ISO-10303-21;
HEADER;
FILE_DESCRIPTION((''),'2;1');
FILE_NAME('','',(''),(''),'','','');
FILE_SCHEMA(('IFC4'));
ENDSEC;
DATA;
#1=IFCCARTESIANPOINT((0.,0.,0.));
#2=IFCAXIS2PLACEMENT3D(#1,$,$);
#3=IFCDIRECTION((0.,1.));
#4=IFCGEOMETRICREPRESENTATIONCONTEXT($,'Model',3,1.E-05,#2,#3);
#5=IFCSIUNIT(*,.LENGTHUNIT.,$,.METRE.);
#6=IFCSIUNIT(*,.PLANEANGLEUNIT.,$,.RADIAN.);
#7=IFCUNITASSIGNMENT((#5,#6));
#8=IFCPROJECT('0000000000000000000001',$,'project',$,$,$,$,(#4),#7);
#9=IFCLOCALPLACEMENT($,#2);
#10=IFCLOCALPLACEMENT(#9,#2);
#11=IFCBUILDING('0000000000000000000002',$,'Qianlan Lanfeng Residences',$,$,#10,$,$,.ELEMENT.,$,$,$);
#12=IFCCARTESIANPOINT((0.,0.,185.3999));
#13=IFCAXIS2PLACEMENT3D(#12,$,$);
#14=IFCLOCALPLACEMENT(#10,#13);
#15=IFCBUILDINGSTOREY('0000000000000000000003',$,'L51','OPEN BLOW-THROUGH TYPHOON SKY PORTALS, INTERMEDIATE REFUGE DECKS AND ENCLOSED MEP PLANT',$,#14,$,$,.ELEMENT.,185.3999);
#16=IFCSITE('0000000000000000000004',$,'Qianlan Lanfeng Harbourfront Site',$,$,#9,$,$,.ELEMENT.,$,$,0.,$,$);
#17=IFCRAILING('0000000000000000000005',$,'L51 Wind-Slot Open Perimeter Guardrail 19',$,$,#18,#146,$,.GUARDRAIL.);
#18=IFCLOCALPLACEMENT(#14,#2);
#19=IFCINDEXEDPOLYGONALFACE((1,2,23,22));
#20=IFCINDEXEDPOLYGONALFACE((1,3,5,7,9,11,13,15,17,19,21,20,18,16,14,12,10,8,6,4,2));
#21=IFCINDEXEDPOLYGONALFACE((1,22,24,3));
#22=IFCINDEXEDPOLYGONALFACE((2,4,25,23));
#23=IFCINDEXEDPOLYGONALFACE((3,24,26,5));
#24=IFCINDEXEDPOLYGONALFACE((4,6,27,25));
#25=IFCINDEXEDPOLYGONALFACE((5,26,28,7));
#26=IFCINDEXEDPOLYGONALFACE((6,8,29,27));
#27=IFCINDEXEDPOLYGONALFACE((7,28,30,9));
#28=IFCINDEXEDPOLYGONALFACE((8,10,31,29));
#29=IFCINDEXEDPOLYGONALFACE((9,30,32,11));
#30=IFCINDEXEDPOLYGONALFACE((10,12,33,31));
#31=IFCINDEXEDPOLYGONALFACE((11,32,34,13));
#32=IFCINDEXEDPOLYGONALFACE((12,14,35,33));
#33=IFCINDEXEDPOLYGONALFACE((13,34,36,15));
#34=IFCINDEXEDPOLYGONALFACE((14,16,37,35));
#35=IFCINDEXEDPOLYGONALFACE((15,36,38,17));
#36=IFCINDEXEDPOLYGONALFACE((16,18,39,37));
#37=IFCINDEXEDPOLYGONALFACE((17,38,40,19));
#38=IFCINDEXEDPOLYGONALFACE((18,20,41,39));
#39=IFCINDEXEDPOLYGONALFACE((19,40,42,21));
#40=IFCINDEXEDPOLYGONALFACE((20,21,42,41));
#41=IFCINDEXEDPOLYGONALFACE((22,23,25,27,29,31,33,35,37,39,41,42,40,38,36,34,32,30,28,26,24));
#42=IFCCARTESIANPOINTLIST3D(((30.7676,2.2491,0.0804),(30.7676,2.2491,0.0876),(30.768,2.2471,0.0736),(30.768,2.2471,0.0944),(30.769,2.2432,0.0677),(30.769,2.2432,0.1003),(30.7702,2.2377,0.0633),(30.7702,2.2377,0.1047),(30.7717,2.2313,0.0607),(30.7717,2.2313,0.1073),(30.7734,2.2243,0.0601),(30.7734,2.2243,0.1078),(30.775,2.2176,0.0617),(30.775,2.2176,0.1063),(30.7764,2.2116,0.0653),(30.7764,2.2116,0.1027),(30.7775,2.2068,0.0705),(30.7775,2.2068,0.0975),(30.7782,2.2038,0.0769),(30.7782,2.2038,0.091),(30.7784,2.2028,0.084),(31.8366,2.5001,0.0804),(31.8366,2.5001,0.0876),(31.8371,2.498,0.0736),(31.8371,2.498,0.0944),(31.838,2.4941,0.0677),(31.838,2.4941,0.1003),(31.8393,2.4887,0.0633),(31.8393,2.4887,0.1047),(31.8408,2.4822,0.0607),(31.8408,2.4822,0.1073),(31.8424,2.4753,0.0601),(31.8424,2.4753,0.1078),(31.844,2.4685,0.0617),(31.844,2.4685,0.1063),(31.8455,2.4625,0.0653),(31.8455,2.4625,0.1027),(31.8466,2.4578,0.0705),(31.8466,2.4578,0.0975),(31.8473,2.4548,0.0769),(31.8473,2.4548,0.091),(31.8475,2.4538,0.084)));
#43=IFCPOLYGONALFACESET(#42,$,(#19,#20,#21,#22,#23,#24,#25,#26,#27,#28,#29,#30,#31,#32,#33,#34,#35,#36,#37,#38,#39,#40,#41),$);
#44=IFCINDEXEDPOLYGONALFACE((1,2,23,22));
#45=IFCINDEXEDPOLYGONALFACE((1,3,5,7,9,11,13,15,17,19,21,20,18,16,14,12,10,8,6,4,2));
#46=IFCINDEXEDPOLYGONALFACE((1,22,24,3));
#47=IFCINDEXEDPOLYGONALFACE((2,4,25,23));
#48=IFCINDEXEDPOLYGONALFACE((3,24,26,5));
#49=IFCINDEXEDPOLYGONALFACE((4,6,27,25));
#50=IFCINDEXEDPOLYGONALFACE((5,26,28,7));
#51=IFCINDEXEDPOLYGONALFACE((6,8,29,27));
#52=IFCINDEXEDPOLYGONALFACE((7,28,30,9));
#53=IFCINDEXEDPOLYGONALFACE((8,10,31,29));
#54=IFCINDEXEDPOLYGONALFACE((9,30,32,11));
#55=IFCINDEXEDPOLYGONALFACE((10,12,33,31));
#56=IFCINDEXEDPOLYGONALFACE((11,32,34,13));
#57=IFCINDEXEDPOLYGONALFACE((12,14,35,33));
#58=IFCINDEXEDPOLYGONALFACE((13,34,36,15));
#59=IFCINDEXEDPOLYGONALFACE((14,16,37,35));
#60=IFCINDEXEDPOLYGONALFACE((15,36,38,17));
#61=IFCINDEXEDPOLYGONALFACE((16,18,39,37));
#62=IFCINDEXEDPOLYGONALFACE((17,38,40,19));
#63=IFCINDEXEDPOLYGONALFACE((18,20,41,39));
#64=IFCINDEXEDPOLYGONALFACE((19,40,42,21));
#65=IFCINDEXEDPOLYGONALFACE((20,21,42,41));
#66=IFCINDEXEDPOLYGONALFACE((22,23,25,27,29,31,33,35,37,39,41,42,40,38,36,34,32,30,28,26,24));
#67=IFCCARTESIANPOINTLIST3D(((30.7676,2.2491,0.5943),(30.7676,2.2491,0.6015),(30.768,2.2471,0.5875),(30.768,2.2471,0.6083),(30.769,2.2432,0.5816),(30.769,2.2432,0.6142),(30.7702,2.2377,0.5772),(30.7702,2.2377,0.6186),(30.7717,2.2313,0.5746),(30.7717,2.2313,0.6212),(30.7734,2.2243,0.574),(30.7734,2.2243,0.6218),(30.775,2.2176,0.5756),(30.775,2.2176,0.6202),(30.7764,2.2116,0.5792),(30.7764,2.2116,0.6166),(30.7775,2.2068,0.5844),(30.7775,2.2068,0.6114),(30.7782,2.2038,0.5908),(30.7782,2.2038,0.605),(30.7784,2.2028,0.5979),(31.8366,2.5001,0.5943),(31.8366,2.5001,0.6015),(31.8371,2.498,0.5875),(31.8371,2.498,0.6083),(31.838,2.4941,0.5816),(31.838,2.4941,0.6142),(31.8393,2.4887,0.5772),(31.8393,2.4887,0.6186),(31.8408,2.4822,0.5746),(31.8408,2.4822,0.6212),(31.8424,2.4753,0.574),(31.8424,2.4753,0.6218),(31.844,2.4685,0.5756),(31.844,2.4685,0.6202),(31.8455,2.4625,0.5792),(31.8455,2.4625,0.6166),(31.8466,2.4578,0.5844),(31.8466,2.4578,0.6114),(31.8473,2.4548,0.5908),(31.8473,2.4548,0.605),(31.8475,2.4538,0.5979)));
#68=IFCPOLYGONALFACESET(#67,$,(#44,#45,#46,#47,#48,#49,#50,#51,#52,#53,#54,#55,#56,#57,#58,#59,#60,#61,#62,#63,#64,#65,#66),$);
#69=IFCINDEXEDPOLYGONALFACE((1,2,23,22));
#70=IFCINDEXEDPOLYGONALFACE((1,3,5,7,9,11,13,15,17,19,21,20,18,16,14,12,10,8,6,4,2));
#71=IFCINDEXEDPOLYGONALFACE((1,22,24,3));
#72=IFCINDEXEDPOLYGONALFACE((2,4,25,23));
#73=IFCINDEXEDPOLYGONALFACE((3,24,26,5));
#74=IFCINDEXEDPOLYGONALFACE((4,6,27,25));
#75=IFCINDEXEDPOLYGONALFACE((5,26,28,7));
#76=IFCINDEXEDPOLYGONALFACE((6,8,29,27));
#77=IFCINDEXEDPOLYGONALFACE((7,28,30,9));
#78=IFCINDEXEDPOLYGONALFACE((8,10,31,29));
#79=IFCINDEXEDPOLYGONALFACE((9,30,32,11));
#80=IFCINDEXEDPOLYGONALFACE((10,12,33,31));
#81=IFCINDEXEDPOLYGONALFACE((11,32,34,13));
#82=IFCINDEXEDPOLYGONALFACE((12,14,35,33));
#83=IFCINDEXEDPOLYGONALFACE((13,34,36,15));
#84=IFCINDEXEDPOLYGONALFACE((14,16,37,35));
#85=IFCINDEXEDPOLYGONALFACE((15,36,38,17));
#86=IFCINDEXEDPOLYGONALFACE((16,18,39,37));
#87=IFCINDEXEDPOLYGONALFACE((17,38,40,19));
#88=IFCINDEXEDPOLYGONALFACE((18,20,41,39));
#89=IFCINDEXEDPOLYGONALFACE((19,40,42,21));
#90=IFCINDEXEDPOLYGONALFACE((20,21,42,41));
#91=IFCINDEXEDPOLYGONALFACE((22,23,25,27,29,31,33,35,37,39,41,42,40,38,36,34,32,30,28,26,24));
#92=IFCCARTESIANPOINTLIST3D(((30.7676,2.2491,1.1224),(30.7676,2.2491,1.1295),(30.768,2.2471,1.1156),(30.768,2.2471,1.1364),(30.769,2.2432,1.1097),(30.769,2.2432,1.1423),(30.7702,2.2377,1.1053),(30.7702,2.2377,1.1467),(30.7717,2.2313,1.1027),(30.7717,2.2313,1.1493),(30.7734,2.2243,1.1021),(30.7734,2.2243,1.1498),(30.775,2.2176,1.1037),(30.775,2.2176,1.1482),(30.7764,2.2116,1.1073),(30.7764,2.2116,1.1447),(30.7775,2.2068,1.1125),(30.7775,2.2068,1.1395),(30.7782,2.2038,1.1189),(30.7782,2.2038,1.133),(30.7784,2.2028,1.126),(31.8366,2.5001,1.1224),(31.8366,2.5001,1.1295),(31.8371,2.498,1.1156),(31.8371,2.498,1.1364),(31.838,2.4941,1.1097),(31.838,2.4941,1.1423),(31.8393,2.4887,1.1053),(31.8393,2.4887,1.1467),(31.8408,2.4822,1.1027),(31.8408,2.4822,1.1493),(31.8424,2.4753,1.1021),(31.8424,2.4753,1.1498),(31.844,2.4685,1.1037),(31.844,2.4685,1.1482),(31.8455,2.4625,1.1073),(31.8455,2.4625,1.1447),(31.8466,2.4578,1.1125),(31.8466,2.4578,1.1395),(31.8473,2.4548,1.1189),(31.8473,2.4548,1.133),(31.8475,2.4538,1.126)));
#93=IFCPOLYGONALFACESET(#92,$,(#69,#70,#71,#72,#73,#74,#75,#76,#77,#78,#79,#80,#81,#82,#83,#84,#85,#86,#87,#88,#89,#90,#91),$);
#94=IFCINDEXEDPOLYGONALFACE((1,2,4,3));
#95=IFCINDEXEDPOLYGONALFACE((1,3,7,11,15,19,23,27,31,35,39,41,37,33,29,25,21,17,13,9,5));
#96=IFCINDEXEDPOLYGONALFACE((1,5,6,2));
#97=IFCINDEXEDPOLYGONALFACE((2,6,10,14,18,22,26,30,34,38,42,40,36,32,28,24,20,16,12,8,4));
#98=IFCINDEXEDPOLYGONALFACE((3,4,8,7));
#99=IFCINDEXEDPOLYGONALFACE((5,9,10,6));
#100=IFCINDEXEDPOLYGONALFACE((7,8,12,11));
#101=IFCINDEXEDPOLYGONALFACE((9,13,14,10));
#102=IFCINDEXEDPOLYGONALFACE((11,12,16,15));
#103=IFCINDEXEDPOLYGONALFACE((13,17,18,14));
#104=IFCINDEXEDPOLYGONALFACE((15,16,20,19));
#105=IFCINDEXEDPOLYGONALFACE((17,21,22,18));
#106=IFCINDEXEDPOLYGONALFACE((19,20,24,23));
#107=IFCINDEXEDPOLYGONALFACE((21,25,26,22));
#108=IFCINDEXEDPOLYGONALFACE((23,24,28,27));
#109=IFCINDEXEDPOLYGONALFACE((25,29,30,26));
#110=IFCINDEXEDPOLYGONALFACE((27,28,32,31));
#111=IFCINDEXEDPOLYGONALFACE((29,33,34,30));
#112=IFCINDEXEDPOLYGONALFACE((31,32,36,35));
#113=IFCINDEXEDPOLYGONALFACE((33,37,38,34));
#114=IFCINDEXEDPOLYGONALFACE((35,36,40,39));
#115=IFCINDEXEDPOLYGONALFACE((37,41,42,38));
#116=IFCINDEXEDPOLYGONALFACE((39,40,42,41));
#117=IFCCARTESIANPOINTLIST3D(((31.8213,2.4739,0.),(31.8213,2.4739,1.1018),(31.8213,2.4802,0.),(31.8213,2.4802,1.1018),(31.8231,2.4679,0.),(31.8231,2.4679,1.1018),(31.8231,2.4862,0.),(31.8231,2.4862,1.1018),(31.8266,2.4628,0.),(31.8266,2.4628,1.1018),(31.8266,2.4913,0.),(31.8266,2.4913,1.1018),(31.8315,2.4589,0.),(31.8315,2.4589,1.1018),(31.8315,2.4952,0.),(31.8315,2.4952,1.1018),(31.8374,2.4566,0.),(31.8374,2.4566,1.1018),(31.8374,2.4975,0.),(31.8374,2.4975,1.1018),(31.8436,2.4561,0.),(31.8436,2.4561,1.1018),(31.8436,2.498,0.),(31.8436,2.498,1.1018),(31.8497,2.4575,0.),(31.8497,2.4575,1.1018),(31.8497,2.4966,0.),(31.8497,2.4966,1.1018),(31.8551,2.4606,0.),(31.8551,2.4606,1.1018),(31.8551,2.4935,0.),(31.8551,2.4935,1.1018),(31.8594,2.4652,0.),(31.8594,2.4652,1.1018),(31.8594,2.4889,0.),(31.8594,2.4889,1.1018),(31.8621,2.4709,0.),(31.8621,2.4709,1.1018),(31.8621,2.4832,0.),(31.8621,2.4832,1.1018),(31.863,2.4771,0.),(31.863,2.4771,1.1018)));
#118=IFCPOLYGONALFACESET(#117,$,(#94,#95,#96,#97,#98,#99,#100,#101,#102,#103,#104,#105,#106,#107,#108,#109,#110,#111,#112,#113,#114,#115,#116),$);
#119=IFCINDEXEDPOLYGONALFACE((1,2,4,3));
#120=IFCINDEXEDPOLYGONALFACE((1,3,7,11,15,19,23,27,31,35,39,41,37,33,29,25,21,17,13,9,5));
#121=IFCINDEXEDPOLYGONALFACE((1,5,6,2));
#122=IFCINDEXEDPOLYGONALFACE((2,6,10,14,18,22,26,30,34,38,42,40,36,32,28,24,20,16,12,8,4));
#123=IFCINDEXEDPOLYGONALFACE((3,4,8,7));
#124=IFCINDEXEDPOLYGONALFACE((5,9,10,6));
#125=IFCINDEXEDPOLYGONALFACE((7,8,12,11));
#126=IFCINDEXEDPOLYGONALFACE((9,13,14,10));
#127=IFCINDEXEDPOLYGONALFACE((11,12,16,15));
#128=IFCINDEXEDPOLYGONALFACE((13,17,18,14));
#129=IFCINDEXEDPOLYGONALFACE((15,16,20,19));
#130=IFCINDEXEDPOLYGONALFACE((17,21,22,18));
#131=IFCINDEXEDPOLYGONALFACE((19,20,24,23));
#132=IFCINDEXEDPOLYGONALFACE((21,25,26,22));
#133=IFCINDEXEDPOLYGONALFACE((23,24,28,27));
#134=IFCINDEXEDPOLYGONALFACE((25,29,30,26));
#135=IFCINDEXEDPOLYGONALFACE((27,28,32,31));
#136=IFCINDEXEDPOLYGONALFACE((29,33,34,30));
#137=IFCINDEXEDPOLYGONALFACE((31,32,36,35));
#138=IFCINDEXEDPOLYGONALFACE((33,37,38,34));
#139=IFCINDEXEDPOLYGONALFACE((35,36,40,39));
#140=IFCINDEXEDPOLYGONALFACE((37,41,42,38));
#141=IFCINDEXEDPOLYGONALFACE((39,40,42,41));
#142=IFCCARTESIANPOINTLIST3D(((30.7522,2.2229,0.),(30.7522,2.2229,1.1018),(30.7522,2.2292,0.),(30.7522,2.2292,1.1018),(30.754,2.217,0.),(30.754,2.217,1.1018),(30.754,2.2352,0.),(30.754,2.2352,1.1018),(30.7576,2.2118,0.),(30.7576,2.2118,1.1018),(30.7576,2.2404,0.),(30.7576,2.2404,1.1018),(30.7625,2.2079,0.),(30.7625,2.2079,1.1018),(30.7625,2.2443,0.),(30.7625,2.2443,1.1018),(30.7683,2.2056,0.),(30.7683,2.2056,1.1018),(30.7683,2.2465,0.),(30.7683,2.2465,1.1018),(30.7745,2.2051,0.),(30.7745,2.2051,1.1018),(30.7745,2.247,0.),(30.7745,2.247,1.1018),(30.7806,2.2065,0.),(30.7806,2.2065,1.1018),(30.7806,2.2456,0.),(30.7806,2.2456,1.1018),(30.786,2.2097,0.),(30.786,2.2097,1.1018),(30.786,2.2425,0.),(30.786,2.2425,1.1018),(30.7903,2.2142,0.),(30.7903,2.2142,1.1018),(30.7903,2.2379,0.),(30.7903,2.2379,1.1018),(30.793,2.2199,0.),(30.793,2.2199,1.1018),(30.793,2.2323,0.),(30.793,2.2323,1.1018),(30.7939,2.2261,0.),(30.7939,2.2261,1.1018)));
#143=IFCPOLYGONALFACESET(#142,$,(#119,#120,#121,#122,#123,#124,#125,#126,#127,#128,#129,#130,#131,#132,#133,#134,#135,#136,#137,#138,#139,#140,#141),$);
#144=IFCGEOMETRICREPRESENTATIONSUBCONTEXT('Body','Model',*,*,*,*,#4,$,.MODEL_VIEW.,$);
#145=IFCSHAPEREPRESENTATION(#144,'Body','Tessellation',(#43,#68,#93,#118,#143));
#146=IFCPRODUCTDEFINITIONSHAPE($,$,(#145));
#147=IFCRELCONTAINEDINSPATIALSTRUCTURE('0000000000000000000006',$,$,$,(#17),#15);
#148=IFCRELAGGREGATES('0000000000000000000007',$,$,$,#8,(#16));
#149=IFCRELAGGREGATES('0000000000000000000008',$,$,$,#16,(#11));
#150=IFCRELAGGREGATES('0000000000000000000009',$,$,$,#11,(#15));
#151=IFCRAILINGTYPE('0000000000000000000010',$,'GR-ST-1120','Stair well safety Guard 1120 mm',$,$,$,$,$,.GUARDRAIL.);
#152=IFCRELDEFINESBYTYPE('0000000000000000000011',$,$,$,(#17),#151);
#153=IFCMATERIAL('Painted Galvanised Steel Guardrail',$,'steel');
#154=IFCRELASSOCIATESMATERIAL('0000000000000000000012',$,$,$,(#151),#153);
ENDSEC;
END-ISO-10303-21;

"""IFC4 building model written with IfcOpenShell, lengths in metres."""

from ifc_helpers import new_model, si_unit, direction, frame, origin, origin_2d, place, context, subcontext, project, spatial, circle, extrude, material, type_object, element, save


model = new_model("IFC4")

# Units and contexts
model_context = context("Model", 3, precision=1e-05, world=origin(), true_north=direction((0.0, 1.0)))
body_context = subcontext(model_context, "Body", "Model", "MODEL_VIEW")
ifc_project = project(units=[si_unit("LENGTHUNIT", "METRE"), si_unit("PLANEANGLEUNIT", "RADIAN")], contexts=[model_context])

# Site, building, storey
site_placement = place(None, origin())
site = spatial("IfcSite", under=ifc_project, at=site_placement, Name="Qianlan Lanfeng Harbourfront Site", CompositionType="ELEMENT", RefElevation=0.0)
building_placement = place(site_placement, origin())
building = spatial("IfcBuilding", under=site, at=building_placement, Name="Qianlan Lanfeng Residences", CompositionType="ELEMENT")
storey_placement = place(building_placement, frame((0.0, 0.0, 185.3999)))
storey = spatial("IfcBuildingStorey", under=building, at=storey_placement, Name="L51", Description="OPEN BLOW-THROUGH TYPHOON SKY PORTALS, INTERMEDIATE REFUGE DECKS AND ENCLOSED MEP PLANT", CompositionType="ELEMENT", Elevation=185.3999)

# Railing
ifc_material_1 = material(Name="Painted Galvanised Steel Guardrail", Category="steel")
railing_type = type_object("IfcRailingType", Name="GR-ST-1120", Description="Stair well safety Guard 1120 mm", PredefinedType="GUARDRAIL", material=ifc_material_1)
railing_1_placement = place(storey_placement, frame((31.842, 2.4771, 0.0)))
element("IfcRailing", 1, at=railing_1_placement, inside=storey, type_object=railing_type, Name="L51 Wind-Slot Open Perimeter Guardrail 19", PredefinedType="GUARDRAIL", context=body_context, shape_type="SweptSolid", body=[
    extrude(circle(Radius=0.0239, at=origin_2d()), frame((0.0, 0.0, 0.084), z_axis=(-0.973534, -0.228544, 0.0), x_axis=(0.228544, -0.973534, 0.0)), (0.0, 0.0, 1.0), 1.0981),
    extrude(circle(Radius=0.0239, at=origin_2d()), frame((0.0, 0.0, 0.5979), z_axis=(-0.973534, -0.228544, 0.0), x_axis=(0.228544, -0.973534, 0.0)), (0.0, 0.0, 1.0), 1.0981),
    extrude(circle(Radius=0.0239, at=origin_2d()), frame((0.0, 0.0, 1.126), z_axis=(-0.973534, -0.228544, 0.0), x_axis=(0.228544, -0.973534, 0.0)), (0.0, 0.0, 1.0), 1.0981),
    extrude(circle(Radius=0.021, at=origin_2d()), origin(), (0.0, 0.0, 1.0), 1.1018),
    extrude(circle(Radius=0.021, at=origin_2d()), frame((-1.0691, -0.251, 0.0)), (0.0, 0.0, 1.0), 1.1018),
])

save(model, "model.ifc")
